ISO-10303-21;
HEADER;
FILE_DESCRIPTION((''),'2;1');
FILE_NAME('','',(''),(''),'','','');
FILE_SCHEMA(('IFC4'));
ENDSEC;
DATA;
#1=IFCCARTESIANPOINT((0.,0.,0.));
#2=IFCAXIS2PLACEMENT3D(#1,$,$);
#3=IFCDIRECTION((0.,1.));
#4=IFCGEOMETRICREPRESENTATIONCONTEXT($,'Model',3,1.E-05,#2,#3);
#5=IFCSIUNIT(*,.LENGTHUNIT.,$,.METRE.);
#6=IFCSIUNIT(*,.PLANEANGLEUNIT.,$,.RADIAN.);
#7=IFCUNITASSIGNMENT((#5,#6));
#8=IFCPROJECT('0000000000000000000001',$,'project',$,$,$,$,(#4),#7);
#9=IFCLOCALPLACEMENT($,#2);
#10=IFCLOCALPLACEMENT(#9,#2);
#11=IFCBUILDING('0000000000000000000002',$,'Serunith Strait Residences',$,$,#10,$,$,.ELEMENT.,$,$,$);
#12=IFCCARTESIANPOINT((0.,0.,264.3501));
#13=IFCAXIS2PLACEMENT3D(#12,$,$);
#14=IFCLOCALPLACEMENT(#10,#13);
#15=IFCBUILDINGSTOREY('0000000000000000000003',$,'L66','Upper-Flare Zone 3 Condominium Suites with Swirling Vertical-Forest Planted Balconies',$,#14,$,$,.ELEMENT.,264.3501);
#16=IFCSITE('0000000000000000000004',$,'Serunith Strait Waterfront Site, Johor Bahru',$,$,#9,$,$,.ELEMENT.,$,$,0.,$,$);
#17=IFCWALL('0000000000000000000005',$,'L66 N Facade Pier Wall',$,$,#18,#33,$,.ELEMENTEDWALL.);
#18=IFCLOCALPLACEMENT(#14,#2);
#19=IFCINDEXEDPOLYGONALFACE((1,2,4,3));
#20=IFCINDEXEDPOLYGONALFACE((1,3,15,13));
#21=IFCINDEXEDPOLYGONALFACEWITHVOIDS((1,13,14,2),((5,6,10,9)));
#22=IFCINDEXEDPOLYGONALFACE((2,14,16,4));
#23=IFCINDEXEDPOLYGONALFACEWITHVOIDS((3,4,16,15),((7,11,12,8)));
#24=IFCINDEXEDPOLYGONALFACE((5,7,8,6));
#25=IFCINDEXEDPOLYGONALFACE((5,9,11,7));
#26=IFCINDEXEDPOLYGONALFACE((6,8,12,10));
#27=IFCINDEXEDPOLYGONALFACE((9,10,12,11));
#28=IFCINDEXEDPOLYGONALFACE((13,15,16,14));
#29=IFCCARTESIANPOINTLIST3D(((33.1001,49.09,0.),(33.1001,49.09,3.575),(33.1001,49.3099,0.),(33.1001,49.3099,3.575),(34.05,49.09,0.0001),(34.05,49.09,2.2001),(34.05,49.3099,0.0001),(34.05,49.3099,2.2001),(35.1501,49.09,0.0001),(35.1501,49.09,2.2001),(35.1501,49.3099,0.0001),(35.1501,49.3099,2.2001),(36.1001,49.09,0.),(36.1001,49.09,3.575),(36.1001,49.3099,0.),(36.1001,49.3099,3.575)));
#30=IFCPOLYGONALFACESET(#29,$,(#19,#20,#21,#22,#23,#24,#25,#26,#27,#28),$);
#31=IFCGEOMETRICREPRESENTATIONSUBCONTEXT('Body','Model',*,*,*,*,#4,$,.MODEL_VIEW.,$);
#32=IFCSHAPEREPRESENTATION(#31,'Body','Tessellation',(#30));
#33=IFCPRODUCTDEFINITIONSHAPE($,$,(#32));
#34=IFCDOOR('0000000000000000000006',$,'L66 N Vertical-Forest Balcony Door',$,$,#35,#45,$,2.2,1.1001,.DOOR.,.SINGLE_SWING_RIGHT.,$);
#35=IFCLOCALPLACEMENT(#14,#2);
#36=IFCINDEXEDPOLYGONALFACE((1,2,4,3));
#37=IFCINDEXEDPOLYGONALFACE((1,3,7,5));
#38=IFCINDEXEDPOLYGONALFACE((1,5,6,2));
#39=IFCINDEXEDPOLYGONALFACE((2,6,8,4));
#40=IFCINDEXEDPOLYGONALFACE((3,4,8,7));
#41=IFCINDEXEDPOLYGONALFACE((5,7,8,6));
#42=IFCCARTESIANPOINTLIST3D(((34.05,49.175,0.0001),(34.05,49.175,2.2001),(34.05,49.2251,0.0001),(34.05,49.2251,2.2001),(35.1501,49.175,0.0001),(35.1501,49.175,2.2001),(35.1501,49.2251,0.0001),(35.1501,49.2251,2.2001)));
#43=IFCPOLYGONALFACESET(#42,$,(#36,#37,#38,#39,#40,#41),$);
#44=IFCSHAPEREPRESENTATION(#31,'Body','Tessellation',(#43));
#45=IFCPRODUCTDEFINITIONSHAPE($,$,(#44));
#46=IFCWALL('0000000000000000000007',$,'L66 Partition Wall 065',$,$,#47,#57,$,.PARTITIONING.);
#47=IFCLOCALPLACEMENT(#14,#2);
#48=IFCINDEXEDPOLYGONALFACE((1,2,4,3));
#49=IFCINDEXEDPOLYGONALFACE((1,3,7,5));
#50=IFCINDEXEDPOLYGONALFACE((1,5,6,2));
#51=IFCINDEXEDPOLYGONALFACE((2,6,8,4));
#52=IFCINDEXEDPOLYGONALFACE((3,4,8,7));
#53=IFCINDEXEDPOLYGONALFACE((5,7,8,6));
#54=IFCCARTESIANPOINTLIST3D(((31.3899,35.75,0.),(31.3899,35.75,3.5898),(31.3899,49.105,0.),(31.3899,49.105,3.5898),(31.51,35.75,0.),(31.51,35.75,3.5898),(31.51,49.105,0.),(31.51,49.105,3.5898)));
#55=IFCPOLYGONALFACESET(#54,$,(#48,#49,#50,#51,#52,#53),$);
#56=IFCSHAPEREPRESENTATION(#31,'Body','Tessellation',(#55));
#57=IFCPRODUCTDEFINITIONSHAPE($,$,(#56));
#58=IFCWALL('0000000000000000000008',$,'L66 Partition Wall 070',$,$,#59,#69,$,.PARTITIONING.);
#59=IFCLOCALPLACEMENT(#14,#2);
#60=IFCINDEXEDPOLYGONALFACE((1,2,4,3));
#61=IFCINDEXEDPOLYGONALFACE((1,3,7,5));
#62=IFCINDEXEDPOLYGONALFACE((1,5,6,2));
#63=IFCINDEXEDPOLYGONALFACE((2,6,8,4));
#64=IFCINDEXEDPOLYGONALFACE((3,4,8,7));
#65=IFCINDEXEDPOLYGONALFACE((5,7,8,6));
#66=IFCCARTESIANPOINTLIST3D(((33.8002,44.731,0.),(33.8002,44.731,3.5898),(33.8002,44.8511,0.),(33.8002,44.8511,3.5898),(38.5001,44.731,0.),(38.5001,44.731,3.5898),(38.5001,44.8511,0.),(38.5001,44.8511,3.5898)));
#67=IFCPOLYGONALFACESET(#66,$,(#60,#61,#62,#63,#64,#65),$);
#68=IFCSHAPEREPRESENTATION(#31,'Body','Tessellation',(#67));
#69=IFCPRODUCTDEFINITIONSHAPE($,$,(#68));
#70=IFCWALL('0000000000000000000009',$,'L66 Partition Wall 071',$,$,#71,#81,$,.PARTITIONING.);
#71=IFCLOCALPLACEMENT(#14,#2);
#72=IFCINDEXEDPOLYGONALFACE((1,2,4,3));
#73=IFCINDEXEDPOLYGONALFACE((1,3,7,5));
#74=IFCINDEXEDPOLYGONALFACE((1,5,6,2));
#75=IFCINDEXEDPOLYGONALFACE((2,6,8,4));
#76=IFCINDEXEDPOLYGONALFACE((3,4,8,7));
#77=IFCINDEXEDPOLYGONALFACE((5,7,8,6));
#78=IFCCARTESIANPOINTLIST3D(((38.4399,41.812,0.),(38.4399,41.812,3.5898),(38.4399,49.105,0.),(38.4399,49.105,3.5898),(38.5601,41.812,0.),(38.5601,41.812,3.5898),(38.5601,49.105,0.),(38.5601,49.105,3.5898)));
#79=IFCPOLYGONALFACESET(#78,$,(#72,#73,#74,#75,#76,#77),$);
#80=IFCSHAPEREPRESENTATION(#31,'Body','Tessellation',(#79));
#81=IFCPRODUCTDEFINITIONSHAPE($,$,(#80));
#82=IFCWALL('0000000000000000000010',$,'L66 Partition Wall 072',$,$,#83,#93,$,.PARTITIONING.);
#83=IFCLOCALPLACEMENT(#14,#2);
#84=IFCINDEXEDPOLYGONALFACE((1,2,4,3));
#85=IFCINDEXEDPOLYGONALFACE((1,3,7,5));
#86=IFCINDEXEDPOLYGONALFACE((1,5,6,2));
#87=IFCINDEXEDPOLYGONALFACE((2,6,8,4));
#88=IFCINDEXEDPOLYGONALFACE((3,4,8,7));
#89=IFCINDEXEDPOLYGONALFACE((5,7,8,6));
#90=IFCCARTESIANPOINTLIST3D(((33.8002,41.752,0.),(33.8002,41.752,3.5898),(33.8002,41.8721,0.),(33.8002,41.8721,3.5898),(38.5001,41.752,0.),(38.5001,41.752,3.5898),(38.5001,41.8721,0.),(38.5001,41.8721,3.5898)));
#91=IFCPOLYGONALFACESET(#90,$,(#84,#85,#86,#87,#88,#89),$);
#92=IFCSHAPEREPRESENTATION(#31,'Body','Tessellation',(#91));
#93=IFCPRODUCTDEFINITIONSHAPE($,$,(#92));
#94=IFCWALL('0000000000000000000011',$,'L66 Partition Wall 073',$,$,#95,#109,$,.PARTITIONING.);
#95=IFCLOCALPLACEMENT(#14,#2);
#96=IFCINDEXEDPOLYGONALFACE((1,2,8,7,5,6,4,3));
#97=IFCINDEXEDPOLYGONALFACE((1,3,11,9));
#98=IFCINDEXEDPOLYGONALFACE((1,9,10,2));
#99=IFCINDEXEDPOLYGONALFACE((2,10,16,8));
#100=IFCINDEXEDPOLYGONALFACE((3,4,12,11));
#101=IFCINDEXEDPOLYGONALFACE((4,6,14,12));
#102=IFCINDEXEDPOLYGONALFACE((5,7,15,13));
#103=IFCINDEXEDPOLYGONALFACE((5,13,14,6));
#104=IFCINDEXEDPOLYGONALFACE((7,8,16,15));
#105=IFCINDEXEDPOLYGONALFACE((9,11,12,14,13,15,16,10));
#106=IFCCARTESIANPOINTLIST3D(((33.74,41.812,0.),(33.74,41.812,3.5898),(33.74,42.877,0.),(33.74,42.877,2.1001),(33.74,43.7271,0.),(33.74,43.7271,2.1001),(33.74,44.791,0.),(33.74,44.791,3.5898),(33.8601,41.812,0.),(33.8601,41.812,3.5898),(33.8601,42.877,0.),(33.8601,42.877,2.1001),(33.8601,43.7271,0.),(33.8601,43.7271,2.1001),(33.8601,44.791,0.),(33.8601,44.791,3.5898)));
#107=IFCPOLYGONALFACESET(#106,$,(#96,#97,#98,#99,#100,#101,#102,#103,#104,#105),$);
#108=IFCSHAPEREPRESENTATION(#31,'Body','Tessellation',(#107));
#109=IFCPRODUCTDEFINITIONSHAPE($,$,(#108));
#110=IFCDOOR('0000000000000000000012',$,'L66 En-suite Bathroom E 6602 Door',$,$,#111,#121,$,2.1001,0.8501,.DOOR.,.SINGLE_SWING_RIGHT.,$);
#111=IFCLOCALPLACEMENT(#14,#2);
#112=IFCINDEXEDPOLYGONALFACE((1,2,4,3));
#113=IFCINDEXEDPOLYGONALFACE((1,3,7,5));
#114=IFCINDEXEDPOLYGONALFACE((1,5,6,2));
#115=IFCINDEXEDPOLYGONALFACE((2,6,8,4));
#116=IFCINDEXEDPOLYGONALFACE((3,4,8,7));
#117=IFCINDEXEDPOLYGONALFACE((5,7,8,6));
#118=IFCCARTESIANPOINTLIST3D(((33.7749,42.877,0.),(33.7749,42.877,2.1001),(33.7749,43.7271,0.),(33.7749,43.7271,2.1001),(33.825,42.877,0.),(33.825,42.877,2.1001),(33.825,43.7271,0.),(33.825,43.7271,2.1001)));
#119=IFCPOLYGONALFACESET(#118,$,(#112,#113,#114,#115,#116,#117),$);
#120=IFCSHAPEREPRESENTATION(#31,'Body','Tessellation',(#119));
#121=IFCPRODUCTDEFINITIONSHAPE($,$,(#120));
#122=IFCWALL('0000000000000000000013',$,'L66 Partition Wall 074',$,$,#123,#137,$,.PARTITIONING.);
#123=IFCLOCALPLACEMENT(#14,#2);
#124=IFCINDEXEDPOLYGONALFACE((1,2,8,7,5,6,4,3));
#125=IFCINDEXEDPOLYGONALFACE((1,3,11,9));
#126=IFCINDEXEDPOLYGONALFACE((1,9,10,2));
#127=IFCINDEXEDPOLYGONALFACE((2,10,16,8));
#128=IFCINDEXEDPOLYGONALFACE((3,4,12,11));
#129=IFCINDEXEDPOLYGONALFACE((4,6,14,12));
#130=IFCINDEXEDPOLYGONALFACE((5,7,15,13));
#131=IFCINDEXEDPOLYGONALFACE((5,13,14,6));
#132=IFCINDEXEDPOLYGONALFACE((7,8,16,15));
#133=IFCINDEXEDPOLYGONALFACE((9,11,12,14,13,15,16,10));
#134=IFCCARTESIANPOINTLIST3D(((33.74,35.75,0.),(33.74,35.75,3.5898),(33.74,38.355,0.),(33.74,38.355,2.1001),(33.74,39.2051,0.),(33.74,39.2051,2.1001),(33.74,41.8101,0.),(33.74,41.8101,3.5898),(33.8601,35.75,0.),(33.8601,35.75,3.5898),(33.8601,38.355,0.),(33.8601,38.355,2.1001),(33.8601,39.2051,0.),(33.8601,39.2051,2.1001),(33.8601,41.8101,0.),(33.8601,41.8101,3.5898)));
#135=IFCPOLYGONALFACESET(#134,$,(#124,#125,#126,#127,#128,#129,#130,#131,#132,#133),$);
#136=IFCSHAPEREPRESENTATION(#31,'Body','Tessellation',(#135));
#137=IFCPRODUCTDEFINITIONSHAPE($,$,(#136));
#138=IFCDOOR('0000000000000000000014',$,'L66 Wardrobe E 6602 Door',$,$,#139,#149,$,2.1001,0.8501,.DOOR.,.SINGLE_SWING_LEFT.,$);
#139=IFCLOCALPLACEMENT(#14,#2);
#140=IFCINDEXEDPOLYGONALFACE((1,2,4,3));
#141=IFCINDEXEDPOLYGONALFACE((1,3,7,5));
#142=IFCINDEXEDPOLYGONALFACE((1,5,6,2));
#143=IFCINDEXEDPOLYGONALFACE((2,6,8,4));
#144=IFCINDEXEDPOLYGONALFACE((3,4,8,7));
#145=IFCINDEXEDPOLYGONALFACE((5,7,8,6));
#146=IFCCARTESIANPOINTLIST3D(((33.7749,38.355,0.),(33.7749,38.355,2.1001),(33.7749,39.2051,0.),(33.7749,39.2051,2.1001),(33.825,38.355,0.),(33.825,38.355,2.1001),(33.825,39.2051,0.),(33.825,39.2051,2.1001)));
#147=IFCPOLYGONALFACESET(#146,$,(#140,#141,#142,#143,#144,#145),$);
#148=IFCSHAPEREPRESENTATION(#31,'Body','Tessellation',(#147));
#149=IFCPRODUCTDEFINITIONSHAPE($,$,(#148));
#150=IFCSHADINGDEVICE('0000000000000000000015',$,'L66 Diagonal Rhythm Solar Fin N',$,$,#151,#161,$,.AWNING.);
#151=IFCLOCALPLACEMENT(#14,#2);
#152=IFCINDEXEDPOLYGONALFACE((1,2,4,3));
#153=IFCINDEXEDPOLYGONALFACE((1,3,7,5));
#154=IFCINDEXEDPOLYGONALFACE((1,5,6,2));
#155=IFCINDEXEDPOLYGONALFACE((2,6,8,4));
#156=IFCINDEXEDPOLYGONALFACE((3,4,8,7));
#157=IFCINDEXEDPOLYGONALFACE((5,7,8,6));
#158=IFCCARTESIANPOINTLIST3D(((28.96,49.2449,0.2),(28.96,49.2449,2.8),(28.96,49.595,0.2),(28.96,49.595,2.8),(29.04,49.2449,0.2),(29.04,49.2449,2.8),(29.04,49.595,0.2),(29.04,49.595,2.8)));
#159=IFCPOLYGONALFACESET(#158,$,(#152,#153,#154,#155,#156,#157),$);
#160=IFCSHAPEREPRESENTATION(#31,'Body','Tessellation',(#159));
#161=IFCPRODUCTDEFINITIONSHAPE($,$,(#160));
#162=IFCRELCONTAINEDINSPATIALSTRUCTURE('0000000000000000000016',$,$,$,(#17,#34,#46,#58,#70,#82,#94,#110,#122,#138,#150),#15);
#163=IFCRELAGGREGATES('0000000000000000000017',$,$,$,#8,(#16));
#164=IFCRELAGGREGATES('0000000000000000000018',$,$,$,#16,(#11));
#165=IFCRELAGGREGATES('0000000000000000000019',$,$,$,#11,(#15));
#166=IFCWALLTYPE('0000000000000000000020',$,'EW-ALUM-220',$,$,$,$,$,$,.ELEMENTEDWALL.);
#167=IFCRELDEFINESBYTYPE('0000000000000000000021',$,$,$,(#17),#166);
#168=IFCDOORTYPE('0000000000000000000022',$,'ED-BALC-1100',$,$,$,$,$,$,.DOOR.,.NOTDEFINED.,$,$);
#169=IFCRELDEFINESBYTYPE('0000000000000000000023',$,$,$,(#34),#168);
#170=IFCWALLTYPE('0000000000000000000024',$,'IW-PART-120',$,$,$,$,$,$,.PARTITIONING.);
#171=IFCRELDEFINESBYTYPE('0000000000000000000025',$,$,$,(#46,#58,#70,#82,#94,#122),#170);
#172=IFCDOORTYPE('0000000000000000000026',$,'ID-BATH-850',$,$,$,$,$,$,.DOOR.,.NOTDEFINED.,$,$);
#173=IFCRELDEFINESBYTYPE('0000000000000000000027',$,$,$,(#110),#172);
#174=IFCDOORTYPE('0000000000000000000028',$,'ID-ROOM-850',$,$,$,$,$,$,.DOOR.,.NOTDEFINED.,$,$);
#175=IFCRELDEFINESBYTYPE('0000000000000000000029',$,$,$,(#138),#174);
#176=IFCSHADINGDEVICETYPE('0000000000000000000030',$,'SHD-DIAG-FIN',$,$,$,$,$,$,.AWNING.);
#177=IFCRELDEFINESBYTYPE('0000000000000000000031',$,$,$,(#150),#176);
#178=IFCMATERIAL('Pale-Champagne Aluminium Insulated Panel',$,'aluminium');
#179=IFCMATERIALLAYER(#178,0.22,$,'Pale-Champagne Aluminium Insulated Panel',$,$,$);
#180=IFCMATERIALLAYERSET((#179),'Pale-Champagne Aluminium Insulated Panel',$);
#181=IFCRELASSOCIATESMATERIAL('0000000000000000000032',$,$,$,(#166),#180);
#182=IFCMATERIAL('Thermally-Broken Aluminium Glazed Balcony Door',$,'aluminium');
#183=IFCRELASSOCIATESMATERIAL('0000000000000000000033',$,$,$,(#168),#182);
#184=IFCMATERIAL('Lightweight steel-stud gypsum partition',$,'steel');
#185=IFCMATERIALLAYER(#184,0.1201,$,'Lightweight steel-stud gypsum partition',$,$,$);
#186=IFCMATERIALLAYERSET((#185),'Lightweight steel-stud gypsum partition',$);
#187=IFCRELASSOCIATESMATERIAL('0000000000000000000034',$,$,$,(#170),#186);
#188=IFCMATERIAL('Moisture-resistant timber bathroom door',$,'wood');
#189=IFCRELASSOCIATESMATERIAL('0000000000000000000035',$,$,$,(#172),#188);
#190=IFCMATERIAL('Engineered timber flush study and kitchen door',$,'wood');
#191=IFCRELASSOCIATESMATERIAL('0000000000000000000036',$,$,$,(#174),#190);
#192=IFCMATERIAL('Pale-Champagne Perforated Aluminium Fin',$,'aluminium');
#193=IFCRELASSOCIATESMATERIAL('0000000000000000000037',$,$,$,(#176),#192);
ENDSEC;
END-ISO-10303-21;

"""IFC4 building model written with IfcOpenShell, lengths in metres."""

from ifc_helpers import new_model, si_unit, direction, frame, frame_2d, origin, origin_2d, place, context, subcontext, project, spatial, rectangle, extrude, source, transform, mapped, material, layer, layer_set, type_object, element, fill, save


model = new_model("IFC4")

# Units and contexts
model_context = context("Model", 3, precision=1e-05, world=origin(), true_north=direction((0.0, 1.0)))
body_context = subcontext(model_context, "Body", "Model", "MODEL_VIEW")
ifc_project = project(units=[si_unit("LENGTHUNIT", "METRE"), si_unit("PLANEANGLEUNIT", "RADIAN")], contexts=[model_context])

# Site, building, storey
site_placement = place(None, origin())
site = spatial("IfcSite", under=ifc_project, at=site_placement, Name="Serunith Strait Waterfront Site, Johor Bahru", CompositionType="ELEMENT", RefElevation=0.0)
building_placement = place(site_placement, origin())
building = spatial("IfcBuilding", under=site, at=building_placement, Name="Serunith Strait Residences", CompositionType="ELEMENT")
storey_placement = place(building_placement, frame((0.0, 0.0, 264.3501)))
storey = spatial("IfcBuildingStorey", under=building, at=storey_placement, Name="L66", Description="Upper-Flare Zone 3 Condominium Suites with Swirling Vertical-Forest Planted Balconies", CompositionType="ELEMENT", Elevation=264.3501)

# Wall, opening, door
ifc_material_1 = material(Name="Pale-Champagne Aluminium Insulated Panel", Category="aluminium")
ifc_layer_1 = layer(ifc_material_1, 0.22, Name="Pale-Champagne Aluminium Insulated Panel")
ifc_layer_set_1 = layer_set([ifc_layer_1], Name="Pale-Champagne Aluminium Insulated Panel")
wall_type_1 = type_object("IfcWallType", Name="EW-ALUM-220", PredefinedType="ELEMENTEDWALL", material=ifc_layer_set_1)
wall_1_placement = place(storey_placement, frame((36.1001, 49.2, 0.0), z_axis=(0.0, 0.0, 1.0), x_axis=(-1.0, 0.0, 0.0)))
wall_1 = element("IfcWall", 1, at=wall_1_placement, inside=storey, type_object=wall_type_1, Name="L66 N Facade Pier Wall", PredefinedType="ELEMENTEDWALL", context=body_context, shape_type="SweptSolid", body=[
    extrude(rectangle(XDim=3.0, YDim=0.22, at=frame_2d((1.5, 0.0))), origin(), (0.0, 0.0, 1.0), 3.575),
])
opening_1_placement = place(wall_1_placement, frame((0.95, 0.0, 0.0)))
opening_1 = element("IfcOpeningElement", 2, at=opening_1_placement, cuts=wall_1, PredefinedType="OPENING", context=body_context, shape_type="SweptSolid", body=[
    extrude(rectangle(XDim=1.1001, YDim=2.2, at=frame_2d((0.55, 1.1001))), frame((0.0, 0.1201, 0.0), z_axis=(0.0, -1.0, 0.0), x_axis=(1.0, 0.0, 0.0)), (0.0, 0.0, 1.0), 0.24),
])
ifc_material_2 = material(Name="Thermally-Broken Aluminium Glazed Balcony Door", Category="aluminium")
door_type_1 = type_object("IfcDoorType", Name="ED-BALC-1100", OperationType="NOTDEFINED", PredefinedType="DOOR", material=ifc_material_2)
shared_shape_1 = source(origin(), body_context, "Body", "SweptSolid", [
    extrude(rectangle(XDim=1.1001, YDim=2.2, at=frame_2d((0.55, 1.1001))), frame((0.0, 0.0249, 0.0), z_axis=(0.0, -1.0, 0.0), x_axis=(1.0, 0.0, 0.0)), (0.0, 0.0, 1.0), 0.05),
])
door_1_placement = place(opening_1_placement, origin())
door_1 = element("IfcDoor", 3, at=door_1_placement, inside=storey, type_object=door_type_1, Name="L66 N Vertical-Forest Balcony Door", OperationType="SINGLE_SWING_RIGHT", OverallHeight=2.2, OverallWidth=1.1001, PredefinedType="DOOR", context=body_context, shape_type="MappedRepresentation", body=[
    mapped(shared_shape_1, transform((0.0, 0.0, 0.0), scale=1.0)),
])
fill(opening_1, door_1)

# Walls
ifc_material_3 = material(Name="Lightweight steel-stud gypsum partition", Category="steel")
ifc_layer_2 = layer(ifc_material_3, 0.1201, Name="Lightweight steel-stud gypsum partition")
ifc_layer_set_2 = layer_set([ifc_layer_2], Name="Lightweight steel-stud gypsum partition")
wall_type_2 = type_object("IfcWallType", Name="IW-PART-120", PredefinedType="PARTITIONING", material=ifc_layer_set_2)
wall_2_placement = place(storey_placement, frame((31.45, 49.105, 0.0), z_axis=(0.0, 0.0, 1.0), x_axis=(0.0, -1.0, 0.0)))
element("IfcWall", 4, at=wall_2_placement, inside=storey, type_object=wall_type_2, Name="L66 Partition Wall 065", PredefinedType="PARTITIONING", context=body_context, shape_type="SweptSolid", body=[
    extrude(rectangle(XDim=13.355, YDim=0.1201, at=frame_2d((6.6775, 0.0))), origin(), (0.0, 0.0, 1.0), 3.5898),
])
wall_3_placement = place(storey_placement, frame((33.8, 44.791, 0.0), z_axis=(0.0, 0.0, 1.0), x_axis=(1.0, 0.0, 0.0)))
element("IfcWall", 5, at=wall_3_placement, inside=storey, type_object=wall_type_2, Name="L66 Partition Wall 070", PredefinedType="PARTITIONING", context=body_context, shape_type="SweptSolid", body=[
    extrude(rectangle(XDim=4.7, YDim=0.1201, at=frame_2d((2.3501, 0.0))), origin(), (0.0, 0.0, 1.0), 3.5898),
])
wall_4_placement = place(storey_placement, frame((38.5, 49.105, 0.0), z_axis=(0.0, 0.0, 1.0), x_axis=(0.0, -1.0, 0.0)))
element("IfcWall", 6, at=wall_4_placement, inside=storey, type_object=wall_type_2, Name="L66 Partition Wall 071", PredefinedType="PARTITIONING", context=body_context, shape_type="SweptSolid", body=[
    extrude(rectangle(XDim=7.293, YDim=0.1201, at=frame_2d((3.6465, 0.0))), origin(), (0.0, 0.0, 1.0), 3.5898),
])
wall_5_placement = place(storey_placement, frame((33.8, 41.812, 0.0), z_axis=(0.0, 0.0, 1.0), x_axis=(1.0, 0.0, 0.0)))
element("IfcWall", 7, at=wall_5_placement, inside=storey, type_object=wall_type_2, Name="L66 Partition Wall 072", PredefinedType="PARTITIONING", context=body_context, shape_type="SweptSolid", body=[
    extrude(rectangle(XDim=4.7, YDim=0.1201, at=frame_2d((2.3501, 0.0))), origin(), (0.0, 0.0, 1.0), 3.5898),
])

# Walls, openings, doors
wall_6_placement = place(storey_placement, frame((33.8, 44.791, 0.0), z_axis=(0.0, 0.0, 1.0), x_axis=(0.0, -1.0, 0.0)))
wall_6 = element("IfcWall", 8, at=wall_6_placement, inside=storey, type_object=wall_type_2, Name="L66 Partition Wall 073", PredefinedType="PARTITIONING", context=body_context, shape_type="SweptSolid", body=[
    extrude(rectangle(XDim=2.979, YDim=0.1201, at=frame_2d((1.4895, 0.0))), origin(), (0.0, 0.0, 1.0), 3.5898),
])
opening_2_placement = place(wall_6_placement, frame((1.064, 0.0, 0.0)))
opening_2 = element("IfcOpeningElement", 9, at=opening_2_placement, cuts=wall_6, PredefinedType="OPENING", context=body_context, shape_type="SweptSolid", body=[
    extrude(rectangle(XDim=0.8501, YDim=2.1001, at=frame_2d((0.425, 1.05))), frame((0.0, 0.0701, 0.0), z_axis=(0.0, -1.0, 0.0), x_axis=(1.0, 0.0, 0.0)), (0.0, 0.0, 1.0), 0.1401),
])
ifc_material_4 = material(Name="Moisture-resistant timber bathroom door", Category="wood")
door_type_2 = type_object("IfcDoorType", Name="ID-BATH-850", OperationType="NOTDEFINED", PredefinedType="DOOR", material=ifc_material_4)
shared_shape_2 = source(origin(), body_context, "Body", "SweptSolid", [
    extrude(rectangle(XDim=0.8501, YDim=2.1001, at=frame_2d((0.425, 1.05))), frame((0.0, 0.0249, 0.0), z_axis=(0.0, -1.0, 0.0), x_axis=(1.0, 0.0, 0.0)), (0.0, 0.0, 1.0), 0.05),
])
door_2_placement = place(opening_2_placement, origin())
door_2 = element("IfcDoor", 10, at=door_2_placement, inside=storey, type_object=door_type_2, Name="L66 En-suite Bathroom E 6602 Door", OperationType="SINGLE_SWING_RIGHT", OverallHeight=2.1001, OverallWidth=0.8501, PredefinedType="DOOR", context=body_context, shape_type="MappedRepresentation", body=[
    mapped(shared_shape_2, transform((0.0, 0.0, 0.0), scale=1.0)),
])
fill(opening_2, door_2)
wall_7_placement = place(storey_placement, frame((33.8, 41.8101, 0.0), z_axis=(0.0, 0.0, 1.0), x_axis=(0.0, -1.0, 0.0)))
wall_7 = element("IfcWall", 11, at=wall_7_placement, inside=storey, type_object=wall_type_2, Name="L66 Partition Wall 074", PredefinedType="PARTITIONING", context=body_context, shape_type="SweptSolid", body=[
    extrude(rectangle(XDim=6.0601, YDim=0.1201, at=frame_2d((3.03, 0.0))), origin(), (0.0, 0.0, 1.0), 3.5898),
])
opening_3_placement = place(wall_7_placement, frame((2.605, 0.0, 0.0)))
opening_3 = element("IfcOpeningElement", 12, at=opening_3_placement, cuts=wall_7, PredefinedType="OPENING", context=body_context, shape_type="SweptSolid", body=[
    extrude(rectangle(XDim=0.8501, YDim=2.1001, at=frame_2d((0.425, 1.05))), frame((0.0, 0.0701, 0.0), z_axis=(0.0, -1.0, 0.0), x_axis=(1.0, 0.0, 0.0)), (0.0, 0.0, 1.0), 0.1401),
])
ifc_material_5 = material(Name="Engineered timber flush study and kitchen door", Category="wood")
door_type_3 = type_object("IfcDoorType", Name="ID-ROOM-850", OperationType="NOTDEFINED", PredefinedType="DOOR", material=ifc_material_5)
door_3_placement = place(opening_3_placement, origin())
door_3 = element("IfcDoor", 13, at=door_3_placement, inside=storey, type_object=door_type_3, Name="L66 Wardrobe E 6602 Door", OperationType="SINGLE_SWING_LEFT", OverallHeight=2.1001, OverallWidth=0.8501, PredefinedType="DOOR", context=body_context, shape_type="MappedRepresentation", body=[
    mapped(shared_shape_2, transform((0.0, 0.0, 0.0), scale=1.0)),
])
fill(opening_3, door_3)

# Shading device
ifc_material_6 = material(Name="Pale-Champagne Perforated Aluminium Fin", Category="aluminium")
shading_device_type = type_object("IfcShadingDeviceType", Name="SHD-DIAG-FIN", PredefinedType="AWNING", material=ifc_material_6)
shared_shape_3 = source(origin(), body_context, "Body", "SweptSolid", [
    extrude(rectangle(XDim=0.0801, YDim=0.3501, at=origin_2d()), origin(), (0.0, 0.0, 1.0), 2.6001),
])
shading_device_placement = place(storey_placement, frame((29.0, 49.4199, 0.2), z_axis=(0.0, 0.0, 1.0), x_axis=(1.0, 0.0, 0.0)))
element("IfcShadingDevice", 14, at=shading_device_placement, inside=storey, type_object=shading_device_type, Name="L66 Diagonal Rhythm Solar Fin N", PredefinedType="AWNING", context=body_context, shape_type="MappedRepresentation", body=[
    mapped(shared_shape_3, transform((0.0, 0.0, 0.0), scale=1.0)),
])

save(model, "model.ifc")
